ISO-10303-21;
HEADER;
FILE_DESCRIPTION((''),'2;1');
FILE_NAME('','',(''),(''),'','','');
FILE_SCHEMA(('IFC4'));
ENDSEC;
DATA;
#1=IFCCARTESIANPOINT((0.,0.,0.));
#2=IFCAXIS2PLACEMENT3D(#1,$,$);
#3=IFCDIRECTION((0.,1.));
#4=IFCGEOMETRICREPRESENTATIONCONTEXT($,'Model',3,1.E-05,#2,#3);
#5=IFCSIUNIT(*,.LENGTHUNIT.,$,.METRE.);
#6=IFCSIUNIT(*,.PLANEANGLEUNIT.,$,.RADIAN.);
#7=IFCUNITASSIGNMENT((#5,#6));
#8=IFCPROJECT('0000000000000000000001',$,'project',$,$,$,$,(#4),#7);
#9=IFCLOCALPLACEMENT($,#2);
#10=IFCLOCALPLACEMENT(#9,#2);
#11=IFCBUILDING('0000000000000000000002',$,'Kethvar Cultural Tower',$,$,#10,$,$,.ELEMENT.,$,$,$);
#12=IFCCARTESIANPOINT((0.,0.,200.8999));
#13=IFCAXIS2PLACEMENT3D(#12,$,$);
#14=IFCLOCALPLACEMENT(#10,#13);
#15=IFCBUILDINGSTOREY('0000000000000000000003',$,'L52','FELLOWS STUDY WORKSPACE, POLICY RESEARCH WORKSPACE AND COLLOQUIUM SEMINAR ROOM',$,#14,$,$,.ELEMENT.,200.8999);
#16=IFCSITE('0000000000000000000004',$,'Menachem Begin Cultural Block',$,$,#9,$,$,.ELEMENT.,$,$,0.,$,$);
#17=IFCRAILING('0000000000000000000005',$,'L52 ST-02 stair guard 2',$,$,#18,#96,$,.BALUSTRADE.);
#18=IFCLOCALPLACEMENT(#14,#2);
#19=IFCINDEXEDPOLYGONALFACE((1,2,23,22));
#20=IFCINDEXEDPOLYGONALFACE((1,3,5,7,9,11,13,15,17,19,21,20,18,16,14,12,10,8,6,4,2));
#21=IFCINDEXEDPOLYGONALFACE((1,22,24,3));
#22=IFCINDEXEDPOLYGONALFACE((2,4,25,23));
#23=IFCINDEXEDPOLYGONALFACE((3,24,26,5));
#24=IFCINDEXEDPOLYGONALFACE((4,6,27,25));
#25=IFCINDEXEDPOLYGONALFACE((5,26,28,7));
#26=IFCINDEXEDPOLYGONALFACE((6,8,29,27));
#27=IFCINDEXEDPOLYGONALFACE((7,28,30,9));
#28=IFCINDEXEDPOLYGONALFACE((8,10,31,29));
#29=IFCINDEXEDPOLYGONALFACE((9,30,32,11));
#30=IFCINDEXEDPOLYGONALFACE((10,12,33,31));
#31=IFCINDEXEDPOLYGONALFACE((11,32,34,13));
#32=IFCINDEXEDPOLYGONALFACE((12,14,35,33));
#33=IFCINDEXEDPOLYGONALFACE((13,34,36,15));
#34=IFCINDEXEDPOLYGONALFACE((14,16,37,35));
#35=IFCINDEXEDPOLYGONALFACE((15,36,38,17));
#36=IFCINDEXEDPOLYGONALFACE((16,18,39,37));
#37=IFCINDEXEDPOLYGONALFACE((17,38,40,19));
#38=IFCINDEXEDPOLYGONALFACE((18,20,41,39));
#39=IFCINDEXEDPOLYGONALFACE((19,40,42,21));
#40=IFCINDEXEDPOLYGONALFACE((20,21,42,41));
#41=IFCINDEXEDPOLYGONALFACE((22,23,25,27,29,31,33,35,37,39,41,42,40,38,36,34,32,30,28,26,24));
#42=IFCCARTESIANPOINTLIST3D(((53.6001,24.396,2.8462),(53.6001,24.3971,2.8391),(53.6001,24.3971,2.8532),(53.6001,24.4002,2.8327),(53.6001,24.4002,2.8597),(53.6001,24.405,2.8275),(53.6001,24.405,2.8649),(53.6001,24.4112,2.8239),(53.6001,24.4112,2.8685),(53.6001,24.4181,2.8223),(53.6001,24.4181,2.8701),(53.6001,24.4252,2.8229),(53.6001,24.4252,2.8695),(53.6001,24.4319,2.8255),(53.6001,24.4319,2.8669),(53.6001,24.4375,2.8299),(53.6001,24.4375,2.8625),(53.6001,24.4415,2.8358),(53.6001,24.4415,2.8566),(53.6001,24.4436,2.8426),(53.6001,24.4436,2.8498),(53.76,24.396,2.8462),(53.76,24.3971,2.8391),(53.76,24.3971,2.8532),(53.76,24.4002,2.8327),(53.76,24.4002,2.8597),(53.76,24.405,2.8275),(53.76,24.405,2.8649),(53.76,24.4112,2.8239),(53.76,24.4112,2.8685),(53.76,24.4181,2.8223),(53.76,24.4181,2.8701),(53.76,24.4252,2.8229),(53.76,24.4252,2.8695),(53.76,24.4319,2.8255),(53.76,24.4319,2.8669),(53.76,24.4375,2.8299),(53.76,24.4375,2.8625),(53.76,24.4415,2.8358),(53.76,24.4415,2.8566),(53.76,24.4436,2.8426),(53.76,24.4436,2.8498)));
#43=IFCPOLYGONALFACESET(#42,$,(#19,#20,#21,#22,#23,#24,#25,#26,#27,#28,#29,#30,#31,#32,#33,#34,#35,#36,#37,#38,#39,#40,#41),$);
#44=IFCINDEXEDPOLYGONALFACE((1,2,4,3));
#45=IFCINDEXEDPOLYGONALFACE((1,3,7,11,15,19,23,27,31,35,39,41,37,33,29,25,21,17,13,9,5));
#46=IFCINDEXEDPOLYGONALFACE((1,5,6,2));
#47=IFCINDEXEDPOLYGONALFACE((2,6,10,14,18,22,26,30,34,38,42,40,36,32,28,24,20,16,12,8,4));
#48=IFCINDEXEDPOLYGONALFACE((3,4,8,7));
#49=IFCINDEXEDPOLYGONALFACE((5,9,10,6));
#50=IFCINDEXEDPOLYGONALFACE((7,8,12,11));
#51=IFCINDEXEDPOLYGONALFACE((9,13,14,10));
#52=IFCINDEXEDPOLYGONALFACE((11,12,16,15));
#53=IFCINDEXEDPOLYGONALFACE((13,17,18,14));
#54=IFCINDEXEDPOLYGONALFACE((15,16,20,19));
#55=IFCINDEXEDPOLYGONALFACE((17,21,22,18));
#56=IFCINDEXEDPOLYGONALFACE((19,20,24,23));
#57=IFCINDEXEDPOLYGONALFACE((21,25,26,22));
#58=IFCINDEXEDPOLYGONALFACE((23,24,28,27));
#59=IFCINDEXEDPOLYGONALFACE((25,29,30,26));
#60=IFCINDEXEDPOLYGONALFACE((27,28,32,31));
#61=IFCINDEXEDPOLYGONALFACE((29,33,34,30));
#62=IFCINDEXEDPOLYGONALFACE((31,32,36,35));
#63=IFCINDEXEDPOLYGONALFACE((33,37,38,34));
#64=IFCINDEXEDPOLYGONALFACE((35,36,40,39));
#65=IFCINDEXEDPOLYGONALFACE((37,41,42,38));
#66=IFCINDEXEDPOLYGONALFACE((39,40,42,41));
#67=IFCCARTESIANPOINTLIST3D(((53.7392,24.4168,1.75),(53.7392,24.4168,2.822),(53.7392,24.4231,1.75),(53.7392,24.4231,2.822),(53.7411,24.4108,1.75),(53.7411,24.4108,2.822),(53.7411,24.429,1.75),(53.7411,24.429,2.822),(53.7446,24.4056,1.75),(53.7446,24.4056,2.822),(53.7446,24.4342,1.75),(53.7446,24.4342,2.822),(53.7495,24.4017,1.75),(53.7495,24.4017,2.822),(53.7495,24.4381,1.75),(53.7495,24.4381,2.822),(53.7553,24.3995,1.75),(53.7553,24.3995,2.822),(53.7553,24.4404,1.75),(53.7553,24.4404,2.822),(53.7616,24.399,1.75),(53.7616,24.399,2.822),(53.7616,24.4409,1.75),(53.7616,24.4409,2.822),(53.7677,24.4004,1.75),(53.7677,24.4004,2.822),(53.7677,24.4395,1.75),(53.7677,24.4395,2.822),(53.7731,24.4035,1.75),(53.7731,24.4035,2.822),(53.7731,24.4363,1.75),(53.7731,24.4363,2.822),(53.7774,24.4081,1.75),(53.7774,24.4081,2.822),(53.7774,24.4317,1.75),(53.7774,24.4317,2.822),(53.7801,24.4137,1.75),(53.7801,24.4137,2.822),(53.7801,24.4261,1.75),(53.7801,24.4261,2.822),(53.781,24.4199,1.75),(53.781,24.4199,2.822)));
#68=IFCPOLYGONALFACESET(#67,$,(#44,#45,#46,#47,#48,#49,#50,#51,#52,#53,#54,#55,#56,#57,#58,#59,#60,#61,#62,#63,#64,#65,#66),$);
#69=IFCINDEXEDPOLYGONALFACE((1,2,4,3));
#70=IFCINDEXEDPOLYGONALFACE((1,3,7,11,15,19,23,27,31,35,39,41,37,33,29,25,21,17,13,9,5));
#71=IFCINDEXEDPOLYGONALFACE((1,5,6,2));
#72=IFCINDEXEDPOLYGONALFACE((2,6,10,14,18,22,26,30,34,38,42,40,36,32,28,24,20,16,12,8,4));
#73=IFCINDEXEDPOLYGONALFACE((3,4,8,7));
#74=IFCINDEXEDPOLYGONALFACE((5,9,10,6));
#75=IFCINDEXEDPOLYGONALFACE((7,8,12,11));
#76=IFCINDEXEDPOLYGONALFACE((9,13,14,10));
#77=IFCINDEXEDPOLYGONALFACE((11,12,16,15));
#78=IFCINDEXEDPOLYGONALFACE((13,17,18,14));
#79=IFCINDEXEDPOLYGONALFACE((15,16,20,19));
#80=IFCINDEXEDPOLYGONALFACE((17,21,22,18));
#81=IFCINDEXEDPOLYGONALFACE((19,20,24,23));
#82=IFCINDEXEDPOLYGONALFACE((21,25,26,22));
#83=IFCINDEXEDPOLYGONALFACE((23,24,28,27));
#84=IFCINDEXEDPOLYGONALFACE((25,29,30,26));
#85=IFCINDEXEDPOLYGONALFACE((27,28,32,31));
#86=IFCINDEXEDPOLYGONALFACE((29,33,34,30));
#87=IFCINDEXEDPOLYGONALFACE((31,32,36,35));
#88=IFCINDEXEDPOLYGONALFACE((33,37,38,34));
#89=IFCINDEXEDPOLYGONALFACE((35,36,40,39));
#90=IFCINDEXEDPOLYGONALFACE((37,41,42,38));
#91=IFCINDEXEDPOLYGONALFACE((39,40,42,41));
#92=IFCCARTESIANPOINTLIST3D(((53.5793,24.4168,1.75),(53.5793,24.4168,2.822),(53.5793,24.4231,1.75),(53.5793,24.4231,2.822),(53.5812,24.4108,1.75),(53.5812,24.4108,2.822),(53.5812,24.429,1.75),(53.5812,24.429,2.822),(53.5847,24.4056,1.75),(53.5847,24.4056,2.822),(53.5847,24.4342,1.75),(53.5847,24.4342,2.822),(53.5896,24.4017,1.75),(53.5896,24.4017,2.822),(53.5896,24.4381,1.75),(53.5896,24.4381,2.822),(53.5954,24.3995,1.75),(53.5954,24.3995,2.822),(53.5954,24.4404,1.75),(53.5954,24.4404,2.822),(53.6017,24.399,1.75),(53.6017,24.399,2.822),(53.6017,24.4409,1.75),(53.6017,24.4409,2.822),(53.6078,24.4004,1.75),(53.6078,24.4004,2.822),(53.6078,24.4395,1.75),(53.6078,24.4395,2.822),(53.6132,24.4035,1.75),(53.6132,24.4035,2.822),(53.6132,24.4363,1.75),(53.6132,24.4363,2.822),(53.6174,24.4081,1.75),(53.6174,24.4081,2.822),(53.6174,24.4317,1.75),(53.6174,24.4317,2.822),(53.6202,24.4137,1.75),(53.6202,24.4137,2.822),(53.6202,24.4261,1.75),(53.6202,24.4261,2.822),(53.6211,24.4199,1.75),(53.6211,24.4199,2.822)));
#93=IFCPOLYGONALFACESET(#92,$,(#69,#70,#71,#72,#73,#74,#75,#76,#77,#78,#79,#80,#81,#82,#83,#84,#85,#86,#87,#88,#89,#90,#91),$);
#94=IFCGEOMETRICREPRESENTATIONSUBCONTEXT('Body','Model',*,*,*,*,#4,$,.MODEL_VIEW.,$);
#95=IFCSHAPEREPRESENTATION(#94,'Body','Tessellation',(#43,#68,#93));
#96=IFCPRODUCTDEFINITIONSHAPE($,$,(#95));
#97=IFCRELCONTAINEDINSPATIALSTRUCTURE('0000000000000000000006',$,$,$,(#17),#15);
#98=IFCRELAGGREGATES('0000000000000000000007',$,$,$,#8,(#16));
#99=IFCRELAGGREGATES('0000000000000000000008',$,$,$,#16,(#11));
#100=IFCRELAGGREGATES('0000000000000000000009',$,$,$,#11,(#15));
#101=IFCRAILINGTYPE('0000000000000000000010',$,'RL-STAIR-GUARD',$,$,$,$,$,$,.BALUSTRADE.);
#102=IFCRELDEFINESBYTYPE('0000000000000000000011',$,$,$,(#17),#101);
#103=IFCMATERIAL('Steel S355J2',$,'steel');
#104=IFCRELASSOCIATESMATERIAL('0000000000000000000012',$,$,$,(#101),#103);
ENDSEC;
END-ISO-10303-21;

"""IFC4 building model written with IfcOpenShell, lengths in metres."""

from ifc_helpers import new_model, si_unit, direction, frame, origin, origin_2d, place, context, subcontext, project, spatial, circle, extrude, material, type_object, element, save


model = new_model("IFC4")

# Units and contexts
model_context = context("Model", 3, precision=1e-05, world=origin(), true_north=direction((0.0, 1.0)))
body_context = subcontext(model_context, "Body", "Model", "MODEL_VIEW")
ifc_project = project(units=[si_unit("LENGTHUNIT", "METRE"), si_unit("PLANEANGLEUNIT", "RADIAN")], contexts=[model_context])

# Site, building, storey
site_placement = place(None, origin())
site = spatial("IfcSite", under=ifc_project, at=site_placement, Name="Menachem Begin Cultural Block", CompositionType="ELEMENT", RefElevation=0.0)
building_placement = place(site_placement, origin())
building = spatial("IfcBuilding", under=site, at=building_placement, Name="Kethvar Cultural Tower", CompositionType="ELEMENT")
storey_placement = place(building_placement, frame((0.0, 0.0, 200.8999)))
storey = spatial("IfcBuildingStorey", under=building, at=storey_placement, Name="L52", Description="FELLOWS STUDY WORKSPACE, POLICY RESEARCH WORKSPACE AND COLLOQUIUM SEMINAR ROOM", CompositionType="ELEMENT", Elevation=200.8999)

# Shared definitions
ifc_material_1 = material(Name="Steel S355J2", Category="steel")

# Railing
railing_type_1 = type_object("IfcRailingType", Name="RL-STAIR-GUARD", PredefinedType="BALUSTRADE", material=ifc_material_1)
railing_1_placement = place(storey_placement, frame((53.76, 24.4199, 1.75)))
element("IfcRailing", 1, at=railing_1_placement, inside=storey, type_object=railing_type_1, Name="L52 ST-02 stair guard 2", PredefinedType="BALUSTRADE", context=body_context, shape_type="SweptSolid", body=[
    extrude(circle(Radius=0.0239, at=origin_2d()), frame((0.0, 0.0, 1.0962), z_axis=(-1.0, 0.0, 0.0), x_axis=(0.0, -1.0, 0.0)), (0.0, 0.0, 1.0), 0.1599),
    extrude(circle(Radius=0.021, at=origin_2d()), origin(), (0.0, 0.0, 1.0), 1.072),
    extrude(circle(Radius=0.021, at=origin_2d()), frame((-0.1599, 0.0, 0.0)), (0.0, 0.0, 1.0), 1.072),
])

save(model, "model.ifc")
